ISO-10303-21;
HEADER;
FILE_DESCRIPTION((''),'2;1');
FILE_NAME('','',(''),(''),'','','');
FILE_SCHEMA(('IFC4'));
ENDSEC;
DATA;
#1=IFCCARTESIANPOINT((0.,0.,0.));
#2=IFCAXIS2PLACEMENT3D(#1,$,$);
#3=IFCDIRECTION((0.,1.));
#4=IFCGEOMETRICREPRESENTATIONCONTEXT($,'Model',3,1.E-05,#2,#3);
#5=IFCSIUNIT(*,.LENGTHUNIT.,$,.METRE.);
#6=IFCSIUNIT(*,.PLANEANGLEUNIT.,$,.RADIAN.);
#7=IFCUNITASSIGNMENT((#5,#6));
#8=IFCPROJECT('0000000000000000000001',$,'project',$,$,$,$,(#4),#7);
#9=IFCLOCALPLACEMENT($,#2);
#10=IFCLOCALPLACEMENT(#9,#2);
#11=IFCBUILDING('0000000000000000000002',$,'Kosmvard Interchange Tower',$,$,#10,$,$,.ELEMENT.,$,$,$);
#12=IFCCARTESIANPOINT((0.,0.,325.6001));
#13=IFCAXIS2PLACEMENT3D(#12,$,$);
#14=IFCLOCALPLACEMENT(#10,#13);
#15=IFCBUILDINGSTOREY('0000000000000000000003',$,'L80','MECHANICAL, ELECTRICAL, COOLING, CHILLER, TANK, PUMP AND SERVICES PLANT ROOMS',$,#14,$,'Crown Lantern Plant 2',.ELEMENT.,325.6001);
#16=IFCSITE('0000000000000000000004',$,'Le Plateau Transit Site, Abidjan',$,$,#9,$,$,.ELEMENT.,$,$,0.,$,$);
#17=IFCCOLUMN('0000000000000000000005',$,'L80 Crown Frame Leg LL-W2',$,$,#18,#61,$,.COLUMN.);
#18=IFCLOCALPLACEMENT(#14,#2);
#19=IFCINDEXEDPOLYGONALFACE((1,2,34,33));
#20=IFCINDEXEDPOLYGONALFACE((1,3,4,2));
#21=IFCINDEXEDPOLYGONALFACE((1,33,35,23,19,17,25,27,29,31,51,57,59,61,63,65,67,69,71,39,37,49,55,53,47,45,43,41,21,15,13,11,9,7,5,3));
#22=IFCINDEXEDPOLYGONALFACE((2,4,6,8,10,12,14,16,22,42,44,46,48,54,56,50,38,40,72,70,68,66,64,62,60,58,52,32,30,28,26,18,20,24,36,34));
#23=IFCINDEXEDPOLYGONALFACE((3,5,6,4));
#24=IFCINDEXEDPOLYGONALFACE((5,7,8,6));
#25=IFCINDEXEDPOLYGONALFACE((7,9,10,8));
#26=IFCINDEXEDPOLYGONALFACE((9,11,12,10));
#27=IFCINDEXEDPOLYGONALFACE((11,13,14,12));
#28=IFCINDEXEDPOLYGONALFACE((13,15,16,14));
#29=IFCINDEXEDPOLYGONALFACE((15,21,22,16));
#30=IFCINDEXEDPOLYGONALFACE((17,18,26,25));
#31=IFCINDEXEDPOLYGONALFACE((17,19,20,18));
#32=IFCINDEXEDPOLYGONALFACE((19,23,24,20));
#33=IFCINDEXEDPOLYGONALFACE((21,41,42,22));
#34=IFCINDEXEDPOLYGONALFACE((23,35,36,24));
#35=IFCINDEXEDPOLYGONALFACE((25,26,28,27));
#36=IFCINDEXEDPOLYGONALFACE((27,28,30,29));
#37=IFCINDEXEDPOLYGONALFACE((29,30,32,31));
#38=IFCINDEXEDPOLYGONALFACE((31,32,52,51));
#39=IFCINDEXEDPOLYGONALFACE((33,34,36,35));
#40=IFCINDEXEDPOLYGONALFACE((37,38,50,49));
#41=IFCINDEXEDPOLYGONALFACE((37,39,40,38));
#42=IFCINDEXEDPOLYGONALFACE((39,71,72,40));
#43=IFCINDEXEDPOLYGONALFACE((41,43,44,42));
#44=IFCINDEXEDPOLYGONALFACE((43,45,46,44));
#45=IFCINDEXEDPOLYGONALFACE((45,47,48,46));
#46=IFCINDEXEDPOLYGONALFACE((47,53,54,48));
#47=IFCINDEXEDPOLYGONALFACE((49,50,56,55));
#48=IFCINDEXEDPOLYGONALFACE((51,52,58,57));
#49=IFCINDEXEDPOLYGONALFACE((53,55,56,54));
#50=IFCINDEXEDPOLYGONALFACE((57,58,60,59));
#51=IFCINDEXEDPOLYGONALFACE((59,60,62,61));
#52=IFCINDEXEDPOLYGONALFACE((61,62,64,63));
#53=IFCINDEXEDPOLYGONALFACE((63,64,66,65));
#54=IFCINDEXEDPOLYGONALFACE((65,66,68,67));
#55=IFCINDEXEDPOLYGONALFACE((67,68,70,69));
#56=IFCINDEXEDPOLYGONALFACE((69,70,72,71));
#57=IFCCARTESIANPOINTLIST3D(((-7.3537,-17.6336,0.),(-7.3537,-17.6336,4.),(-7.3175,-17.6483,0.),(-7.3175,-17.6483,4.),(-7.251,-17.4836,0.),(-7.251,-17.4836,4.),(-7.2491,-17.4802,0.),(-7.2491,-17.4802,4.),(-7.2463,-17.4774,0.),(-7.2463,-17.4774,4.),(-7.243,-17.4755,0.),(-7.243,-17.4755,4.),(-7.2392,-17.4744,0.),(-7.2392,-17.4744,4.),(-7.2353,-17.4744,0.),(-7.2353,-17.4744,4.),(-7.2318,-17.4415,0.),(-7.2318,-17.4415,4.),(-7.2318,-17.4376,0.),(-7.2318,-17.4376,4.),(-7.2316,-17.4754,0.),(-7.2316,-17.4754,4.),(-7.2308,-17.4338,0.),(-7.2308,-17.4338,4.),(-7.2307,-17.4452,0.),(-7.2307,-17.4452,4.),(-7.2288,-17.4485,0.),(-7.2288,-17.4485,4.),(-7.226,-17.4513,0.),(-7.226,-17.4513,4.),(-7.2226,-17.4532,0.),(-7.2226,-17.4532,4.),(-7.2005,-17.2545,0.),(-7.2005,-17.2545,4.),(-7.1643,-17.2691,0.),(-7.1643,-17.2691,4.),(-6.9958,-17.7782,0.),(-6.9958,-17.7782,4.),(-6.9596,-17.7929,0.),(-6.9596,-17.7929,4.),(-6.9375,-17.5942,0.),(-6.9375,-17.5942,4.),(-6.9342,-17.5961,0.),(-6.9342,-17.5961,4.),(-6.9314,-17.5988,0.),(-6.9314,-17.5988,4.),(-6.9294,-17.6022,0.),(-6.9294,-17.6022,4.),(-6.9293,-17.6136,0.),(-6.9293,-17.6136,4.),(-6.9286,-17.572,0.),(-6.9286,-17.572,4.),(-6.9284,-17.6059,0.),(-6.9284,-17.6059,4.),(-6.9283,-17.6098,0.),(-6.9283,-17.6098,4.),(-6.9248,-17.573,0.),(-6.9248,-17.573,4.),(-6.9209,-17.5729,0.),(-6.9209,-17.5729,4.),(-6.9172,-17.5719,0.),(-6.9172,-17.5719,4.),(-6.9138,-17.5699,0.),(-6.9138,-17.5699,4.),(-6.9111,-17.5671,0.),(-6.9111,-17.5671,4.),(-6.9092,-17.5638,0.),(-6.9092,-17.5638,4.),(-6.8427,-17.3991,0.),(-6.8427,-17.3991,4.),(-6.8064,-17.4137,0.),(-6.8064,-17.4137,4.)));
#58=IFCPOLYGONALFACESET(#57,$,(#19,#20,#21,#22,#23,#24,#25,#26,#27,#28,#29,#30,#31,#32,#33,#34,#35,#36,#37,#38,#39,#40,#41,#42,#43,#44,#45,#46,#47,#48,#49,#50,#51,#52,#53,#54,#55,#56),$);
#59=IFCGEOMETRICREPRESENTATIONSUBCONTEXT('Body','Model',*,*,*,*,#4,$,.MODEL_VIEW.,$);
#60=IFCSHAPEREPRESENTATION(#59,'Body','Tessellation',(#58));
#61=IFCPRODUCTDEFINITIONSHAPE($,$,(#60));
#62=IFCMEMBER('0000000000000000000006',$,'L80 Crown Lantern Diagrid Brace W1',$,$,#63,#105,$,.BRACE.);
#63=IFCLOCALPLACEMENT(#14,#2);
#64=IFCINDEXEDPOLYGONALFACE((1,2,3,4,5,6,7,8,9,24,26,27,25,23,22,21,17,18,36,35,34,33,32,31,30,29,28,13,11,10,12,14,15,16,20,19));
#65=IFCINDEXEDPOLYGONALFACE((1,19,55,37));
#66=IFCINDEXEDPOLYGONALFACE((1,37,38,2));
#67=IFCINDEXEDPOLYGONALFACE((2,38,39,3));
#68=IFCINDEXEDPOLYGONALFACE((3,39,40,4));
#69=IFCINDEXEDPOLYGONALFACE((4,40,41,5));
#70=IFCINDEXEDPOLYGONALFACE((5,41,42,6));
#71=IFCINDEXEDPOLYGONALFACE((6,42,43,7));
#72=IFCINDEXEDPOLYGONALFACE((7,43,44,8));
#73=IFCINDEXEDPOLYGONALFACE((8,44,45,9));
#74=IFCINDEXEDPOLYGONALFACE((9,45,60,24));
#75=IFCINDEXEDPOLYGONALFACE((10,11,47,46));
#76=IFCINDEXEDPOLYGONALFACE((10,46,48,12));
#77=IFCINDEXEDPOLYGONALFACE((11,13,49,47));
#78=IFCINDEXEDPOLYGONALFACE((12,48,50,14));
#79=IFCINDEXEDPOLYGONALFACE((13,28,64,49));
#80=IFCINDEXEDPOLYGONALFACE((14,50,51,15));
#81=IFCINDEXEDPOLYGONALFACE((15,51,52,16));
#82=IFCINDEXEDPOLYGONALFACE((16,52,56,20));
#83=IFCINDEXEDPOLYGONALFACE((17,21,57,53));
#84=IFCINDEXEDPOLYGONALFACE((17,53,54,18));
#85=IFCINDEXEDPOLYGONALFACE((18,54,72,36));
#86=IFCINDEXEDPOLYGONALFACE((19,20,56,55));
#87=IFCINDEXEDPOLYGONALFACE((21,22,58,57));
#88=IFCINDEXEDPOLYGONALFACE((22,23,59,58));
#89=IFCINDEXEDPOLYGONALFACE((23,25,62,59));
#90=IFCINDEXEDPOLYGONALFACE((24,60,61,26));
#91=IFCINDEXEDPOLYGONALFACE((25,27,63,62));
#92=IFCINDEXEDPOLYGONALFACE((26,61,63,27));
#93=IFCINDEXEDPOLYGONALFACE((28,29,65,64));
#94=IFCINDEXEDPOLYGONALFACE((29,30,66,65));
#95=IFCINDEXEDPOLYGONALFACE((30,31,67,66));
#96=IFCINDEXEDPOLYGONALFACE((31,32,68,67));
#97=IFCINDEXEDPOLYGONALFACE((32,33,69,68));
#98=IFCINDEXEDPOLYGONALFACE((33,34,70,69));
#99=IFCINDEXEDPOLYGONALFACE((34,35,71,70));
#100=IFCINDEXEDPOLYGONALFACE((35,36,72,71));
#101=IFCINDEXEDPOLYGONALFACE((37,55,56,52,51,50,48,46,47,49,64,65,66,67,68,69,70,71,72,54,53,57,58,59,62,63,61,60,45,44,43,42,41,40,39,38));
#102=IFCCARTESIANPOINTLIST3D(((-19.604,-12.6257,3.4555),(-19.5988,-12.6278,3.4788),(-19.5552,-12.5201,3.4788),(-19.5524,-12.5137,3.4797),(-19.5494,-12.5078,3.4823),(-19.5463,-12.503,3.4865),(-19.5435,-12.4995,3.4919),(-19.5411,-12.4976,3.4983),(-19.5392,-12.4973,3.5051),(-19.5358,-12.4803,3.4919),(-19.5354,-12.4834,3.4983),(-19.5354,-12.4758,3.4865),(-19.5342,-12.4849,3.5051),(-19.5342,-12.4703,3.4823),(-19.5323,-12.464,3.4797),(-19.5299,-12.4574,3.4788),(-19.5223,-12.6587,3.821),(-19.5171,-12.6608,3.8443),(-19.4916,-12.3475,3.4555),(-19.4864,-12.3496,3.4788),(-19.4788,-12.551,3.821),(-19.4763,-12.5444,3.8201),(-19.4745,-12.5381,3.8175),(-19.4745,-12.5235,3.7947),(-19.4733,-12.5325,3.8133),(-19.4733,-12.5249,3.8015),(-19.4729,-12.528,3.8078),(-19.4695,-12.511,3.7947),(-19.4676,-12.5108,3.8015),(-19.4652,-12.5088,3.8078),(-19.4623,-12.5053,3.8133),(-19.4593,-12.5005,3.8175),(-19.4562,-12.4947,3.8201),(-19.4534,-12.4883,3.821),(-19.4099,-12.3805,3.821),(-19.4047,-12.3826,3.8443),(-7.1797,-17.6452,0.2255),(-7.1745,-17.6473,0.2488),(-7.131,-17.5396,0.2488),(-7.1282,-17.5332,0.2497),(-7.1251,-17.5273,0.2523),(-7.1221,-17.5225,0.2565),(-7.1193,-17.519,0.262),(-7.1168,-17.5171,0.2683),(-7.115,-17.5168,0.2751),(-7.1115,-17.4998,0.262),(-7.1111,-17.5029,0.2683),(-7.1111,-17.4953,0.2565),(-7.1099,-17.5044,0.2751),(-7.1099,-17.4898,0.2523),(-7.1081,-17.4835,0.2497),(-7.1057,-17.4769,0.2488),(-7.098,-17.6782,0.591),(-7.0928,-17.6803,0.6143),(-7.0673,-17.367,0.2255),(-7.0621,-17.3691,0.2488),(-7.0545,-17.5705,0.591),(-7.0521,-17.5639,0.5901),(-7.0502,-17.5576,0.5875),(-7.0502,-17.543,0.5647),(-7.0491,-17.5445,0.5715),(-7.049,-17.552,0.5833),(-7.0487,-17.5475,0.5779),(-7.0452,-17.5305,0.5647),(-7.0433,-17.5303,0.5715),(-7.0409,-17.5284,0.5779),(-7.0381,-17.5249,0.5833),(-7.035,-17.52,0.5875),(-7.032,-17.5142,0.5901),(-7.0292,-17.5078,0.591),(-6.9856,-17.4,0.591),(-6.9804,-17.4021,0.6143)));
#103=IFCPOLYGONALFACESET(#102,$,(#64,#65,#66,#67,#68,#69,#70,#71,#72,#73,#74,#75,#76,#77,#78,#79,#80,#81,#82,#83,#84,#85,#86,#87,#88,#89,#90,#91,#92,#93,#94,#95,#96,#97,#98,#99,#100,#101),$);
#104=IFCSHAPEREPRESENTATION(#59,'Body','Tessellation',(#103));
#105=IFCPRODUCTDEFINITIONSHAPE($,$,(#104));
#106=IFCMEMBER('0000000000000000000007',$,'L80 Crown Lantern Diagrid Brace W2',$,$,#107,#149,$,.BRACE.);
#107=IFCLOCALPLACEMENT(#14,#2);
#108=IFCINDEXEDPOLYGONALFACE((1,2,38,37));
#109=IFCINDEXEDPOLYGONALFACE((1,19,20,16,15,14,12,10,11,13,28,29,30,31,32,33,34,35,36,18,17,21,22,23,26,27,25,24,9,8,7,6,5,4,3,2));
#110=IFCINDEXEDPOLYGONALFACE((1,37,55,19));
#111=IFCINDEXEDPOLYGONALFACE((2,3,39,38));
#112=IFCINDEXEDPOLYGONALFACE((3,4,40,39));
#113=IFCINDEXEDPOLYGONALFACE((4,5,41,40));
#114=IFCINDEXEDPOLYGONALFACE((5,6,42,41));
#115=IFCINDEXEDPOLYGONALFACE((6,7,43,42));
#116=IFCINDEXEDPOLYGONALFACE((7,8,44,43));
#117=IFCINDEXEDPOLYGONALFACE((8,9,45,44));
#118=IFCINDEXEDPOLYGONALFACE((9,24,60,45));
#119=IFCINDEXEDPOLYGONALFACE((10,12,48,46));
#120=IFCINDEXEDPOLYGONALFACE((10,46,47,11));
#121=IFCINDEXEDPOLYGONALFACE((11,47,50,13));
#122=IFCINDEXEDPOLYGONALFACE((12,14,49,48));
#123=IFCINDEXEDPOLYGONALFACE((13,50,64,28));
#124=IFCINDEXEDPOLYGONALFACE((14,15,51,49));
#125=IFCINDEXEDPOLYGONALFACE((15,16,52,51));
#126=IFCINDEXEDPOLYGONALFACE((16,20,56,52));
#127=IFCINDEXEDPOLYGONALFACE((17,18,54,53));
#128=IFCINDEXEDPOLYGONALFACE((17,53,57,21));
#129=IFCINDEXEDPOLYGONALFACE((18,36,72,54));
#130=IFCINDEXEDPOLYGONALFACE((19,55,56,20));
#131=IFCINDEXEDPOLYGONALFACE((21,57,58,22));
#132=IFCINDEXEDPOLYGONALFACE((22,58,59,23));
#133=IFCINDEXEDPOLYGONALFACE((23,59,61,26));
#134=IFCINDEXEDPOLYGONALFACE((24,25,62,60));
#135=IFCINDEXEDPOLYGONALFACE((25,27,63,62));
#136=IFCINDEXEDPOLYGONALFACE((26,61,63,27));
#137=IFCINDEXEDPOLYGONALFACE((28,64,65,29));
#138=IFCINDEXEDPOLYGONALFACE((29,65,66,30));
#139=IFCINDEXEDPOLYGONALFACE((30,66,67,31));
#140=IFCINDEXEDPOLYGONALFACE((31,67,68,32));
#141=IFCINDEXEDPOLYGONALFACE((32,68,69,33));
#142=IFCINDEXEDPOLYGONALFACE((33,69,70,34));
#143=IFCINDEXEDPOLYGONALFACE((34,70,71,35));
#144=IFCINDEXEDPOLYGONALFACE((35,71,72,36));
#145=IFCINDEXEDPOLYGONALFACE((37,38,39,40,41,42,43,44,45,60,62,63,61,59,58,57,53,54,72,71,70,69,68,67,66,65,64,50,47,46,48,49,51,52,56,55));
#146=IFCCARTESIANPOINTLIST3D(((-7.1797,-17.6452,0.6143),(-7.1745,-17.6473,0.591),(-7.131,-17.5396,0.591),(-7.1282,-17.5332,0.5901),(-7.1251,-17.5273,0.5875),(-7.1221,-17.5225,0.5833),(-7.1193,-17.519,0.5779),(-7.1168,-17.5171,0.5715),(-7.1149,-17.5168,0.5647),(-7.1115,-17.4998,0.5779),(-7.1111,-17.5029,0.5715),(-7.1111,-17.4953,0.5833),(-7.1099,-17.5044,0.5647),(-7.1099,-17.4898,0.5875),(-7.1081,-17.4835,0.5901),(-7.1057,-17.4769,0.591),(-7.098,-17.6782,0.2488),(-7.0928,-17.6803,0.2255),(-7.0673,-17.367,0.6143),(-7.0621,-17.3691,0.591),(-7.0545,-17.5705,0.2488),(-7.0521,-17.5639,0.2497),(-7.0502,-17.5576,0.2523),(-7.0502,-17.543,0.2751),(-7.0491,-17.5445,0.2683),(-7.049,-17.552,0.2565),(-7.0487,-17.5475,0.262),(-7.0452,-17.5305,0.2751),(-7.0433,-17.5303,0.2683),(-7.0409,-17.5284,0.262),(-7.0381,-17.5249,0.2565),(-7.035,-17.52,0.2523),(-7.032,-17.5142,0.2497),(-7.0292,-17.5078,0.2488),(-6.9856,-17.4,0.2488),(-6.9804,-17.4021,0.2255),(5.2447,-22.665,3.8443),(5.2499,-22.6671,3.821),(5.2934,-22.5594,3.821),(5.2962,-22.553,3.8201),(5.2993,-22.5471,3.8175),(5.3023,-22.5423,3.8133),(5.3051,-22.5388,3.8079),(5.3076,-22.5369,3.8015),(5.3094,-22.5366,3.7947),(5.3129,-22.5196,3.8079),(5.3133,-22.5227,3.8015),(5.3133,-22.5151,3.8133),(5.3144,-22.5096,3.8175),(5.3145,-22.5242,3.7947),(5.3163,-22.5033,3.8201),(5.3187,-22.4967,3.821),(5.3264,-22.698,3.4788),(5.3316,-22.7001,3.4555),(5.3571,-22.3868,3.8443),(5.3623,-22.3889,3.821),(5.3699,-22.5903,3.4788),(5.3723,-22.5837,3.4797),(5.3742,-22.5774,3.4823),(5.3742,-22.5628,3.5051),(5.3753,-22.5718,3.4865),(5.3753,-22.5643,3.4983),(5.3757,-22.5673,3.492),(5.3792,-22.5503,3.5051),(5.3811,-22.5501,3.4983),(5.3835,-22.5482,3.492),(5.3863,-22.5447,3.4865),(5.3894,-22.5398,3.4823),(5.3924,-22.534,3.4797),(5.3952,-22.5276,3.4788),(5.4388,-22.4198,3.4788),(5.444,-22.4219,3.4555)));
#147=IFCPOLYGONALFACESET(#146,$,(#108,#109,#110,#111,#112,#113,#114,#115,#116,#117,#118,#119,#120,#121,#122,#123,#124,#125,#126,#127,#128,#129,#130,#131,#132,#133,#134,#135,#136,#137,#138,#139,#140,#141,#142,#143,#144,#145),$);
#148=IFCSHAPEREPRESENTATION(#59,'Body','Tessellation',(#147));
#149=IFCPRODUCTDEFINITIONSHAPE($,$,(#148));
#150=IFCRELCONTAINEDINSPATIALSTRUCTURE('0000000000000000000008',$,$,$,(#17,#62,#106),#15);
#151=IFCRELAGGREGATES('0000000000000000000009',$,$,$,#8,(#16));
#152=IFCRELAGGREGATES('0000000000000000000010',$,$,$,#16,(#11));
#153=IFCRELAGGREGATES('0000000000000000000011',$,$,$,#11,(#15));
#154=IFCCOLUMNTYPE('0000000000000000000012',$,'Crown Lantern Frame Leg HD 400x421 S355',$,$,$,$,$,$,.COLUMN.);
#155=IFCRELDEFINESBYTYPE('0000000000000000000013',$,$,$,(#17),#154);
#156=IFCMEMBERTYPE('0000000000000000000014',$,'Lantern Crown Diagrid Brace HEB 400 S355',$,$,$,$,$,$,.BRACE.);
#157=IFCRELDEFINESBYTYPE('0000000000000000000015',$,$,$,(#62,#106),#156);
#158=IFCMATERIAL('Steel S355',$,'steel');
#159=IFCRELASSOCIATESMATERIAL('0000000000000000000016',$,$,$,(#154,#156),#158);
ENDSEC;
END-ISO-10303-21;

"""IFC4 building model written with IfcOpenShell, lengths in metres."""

from ifc_helpers import new_model, si_unit, direction, frame, origin, origin_2d, place, context, subcontext, project, spatial, i_section, extrude, source, transform, mapped, material, material_profile, profile_set, type_object, element, save


model = new_model("IFC4")

# Units and contexts
model_context = context("Model", 3, precision=1e-05, world=origin(), true_north=direction((0.0, 1.0)))
body_context = subcontext(model_context, "Body", "Model", "MODEL_VIEW")
ifc_project = project(units=[si_unit("LENGTHUNIT", "METRE"), si_unit("PLANEANGLEUNIT", "RADIAN")], contexts=[model_context])

# Site, building, storey
site_placement = place(None, origin())
site = spatial("IfcSite", under=ifc_project, at=site_placement, Name="Le Plateau Transit Site, Abidjan", CompositionType="ELEMENT", RefElevation=0.0)
building_placement = place(site_placement, origin())
building = spatial("IfcBuilding", under=site, at=building_placement, Name="Kosmvard Interchange Tower", CompositionType="ELEMENT")
storey_placement = place(building_placement, frame((0.0, 0.0, 325.6001)))
storey = spatial("IfcBuildingStorey", under=building, at=storey_placement, Name="L80", Description="MECHANICAL, ELECTRICAL, COOLING, CHILLER, TANK, PUMP AND SERVICES PLANT ROOMS", LongName="Crown Lantern Plant 2", CompositionType="ELEMENT", Elevation=325.6001)

# Column
ifc_material_1 = material(Name="Steel S355", Category="steel")
ifc_material_profile_1 = material_profile(ifc_material_1, i_section(OverallWidth=0.4089, OverallDepth=0.425, WebThickness=0.0239, FlangeThickness=0.0391, FilletRadius=0.0149, at=origin_2d()), Name="HD 400x421")
ifc_profile_set_1 = profile_set([ifc_material_profile_1], Name="Steel S355")
column_type = type_object("IfcColumnType", Name="Crown Lantern Frame Leg HD 400x421 S355", PredefinedType="COLUMN", material=ifc_profile_set_1)
shared_shape_1 = source(origin(), body_context, "Body", "SweptSolid", [
    extrude(i_section(OverallWidth=0.4089, OverallDepth=0.425, WebThickness=0.0239, FlangeThickness=0.0391, FilletRadius=0.0149, at=origin_2d()), origin(), (0.0, 0.0, 1.0), 4.0),
])
column_placement = place(storey_placement, frame((-7.0801, -17.5237, 0.0), z_axis=(0.0, 0.0, 1.0), x_axis=(0.374607, 0.927184, 0.0)))
element("IfcColumn", 1, at=column_placement, inside=storey, type_object=column_type, Name="L80 Crown Frame Leg LL-W2", PredefinedType="COLUMN", context=body_context, shape_type="MappedRepresentation", body=[
    mapped(shared_shape_1, transform((0.0, 0.0, 0.0), scale=1.0)),
])

# Members
ifc_material_profile_2 = material_profile(ifc_material_1, i_section(OverallWidth=0.3, OverallDepth=0.3999, WebThickness=0.0134, FlangeThickness=0.0239, FilletRadius=0.0271, at=origin_2d()), Name="HEB 400")
ifc_profile_set_2 = profile_set([ifc_material_profile_2], Name="Steel S355")
member_type_1 = type_object("IfcMemberType", Name="Lantern Crown Diagrid Brace HEB 400 S355", PredefinedType="BRACE", material=ifc_profile_set_2)
shared_shape_2 = source(origin(), body_context, "Body", "SweptSolid", [
    extrude(i_section(OverallWidth=0.3, OverallDepth=0.3999, WebThickness=0.0134, FlangeThickness=0.0239, FilletRadius=0.0271, at=origin_2d()), origin(), (0.0, 0.0, 1.0), 13.7837),
])
member_1_placement = place(storey_placement, frame((-7.0801, -17.5237, 0.4199), z_axis=(-0.901373, 0.364163, 0.234332), x_axis=(-0.374593, -0.92719, 0.0)))
element("IfcMember", 2, at=member_1_placement, inside=storey, type_object=member_type_1, Name="L80 Crown Lantern Diagrid Brace W1", PredefinedType="BRACE", context=body_context, shape_type="MappedRepresentation", body=[
    mapped(shared_shape_2, transform((0.0, 0.0, 0.0), scale=1.0)),
])
shared_shape_3 = source(origin(), body_context, "Body", "SweptSolid", [
    extrude(i_section(OverallWidth=0.3, OverallDepth=0.3999, WebThickness=0.0134, FlangeThickness=0.0239, FilletRadius=0.0271, at=origin_2d()), origin(), (0.0, 0.0, 1.0), 13.7839),
])
member_2_placement = place(storey_placement, frame((-7.0801, -17.5237, 0.4199), z_axis=(0.901368, -0.364178, 0.234331), x_axis=(0.374608, 0.927183, 0.0)))
element("IfcMember", 3, at=member_2_placement, inside=storey, type_object=member_type_1, Name="L80 Crown Lantern Diagrid Brace W2", PredefinedType="BRACE", context=body_context, shape_type="MappedRepresentation", body=[
    mapped(shared_shape_3, transform((0.0, 0.0, 0.0), scale=1.0)),
])

save(model, "model.ifc")
